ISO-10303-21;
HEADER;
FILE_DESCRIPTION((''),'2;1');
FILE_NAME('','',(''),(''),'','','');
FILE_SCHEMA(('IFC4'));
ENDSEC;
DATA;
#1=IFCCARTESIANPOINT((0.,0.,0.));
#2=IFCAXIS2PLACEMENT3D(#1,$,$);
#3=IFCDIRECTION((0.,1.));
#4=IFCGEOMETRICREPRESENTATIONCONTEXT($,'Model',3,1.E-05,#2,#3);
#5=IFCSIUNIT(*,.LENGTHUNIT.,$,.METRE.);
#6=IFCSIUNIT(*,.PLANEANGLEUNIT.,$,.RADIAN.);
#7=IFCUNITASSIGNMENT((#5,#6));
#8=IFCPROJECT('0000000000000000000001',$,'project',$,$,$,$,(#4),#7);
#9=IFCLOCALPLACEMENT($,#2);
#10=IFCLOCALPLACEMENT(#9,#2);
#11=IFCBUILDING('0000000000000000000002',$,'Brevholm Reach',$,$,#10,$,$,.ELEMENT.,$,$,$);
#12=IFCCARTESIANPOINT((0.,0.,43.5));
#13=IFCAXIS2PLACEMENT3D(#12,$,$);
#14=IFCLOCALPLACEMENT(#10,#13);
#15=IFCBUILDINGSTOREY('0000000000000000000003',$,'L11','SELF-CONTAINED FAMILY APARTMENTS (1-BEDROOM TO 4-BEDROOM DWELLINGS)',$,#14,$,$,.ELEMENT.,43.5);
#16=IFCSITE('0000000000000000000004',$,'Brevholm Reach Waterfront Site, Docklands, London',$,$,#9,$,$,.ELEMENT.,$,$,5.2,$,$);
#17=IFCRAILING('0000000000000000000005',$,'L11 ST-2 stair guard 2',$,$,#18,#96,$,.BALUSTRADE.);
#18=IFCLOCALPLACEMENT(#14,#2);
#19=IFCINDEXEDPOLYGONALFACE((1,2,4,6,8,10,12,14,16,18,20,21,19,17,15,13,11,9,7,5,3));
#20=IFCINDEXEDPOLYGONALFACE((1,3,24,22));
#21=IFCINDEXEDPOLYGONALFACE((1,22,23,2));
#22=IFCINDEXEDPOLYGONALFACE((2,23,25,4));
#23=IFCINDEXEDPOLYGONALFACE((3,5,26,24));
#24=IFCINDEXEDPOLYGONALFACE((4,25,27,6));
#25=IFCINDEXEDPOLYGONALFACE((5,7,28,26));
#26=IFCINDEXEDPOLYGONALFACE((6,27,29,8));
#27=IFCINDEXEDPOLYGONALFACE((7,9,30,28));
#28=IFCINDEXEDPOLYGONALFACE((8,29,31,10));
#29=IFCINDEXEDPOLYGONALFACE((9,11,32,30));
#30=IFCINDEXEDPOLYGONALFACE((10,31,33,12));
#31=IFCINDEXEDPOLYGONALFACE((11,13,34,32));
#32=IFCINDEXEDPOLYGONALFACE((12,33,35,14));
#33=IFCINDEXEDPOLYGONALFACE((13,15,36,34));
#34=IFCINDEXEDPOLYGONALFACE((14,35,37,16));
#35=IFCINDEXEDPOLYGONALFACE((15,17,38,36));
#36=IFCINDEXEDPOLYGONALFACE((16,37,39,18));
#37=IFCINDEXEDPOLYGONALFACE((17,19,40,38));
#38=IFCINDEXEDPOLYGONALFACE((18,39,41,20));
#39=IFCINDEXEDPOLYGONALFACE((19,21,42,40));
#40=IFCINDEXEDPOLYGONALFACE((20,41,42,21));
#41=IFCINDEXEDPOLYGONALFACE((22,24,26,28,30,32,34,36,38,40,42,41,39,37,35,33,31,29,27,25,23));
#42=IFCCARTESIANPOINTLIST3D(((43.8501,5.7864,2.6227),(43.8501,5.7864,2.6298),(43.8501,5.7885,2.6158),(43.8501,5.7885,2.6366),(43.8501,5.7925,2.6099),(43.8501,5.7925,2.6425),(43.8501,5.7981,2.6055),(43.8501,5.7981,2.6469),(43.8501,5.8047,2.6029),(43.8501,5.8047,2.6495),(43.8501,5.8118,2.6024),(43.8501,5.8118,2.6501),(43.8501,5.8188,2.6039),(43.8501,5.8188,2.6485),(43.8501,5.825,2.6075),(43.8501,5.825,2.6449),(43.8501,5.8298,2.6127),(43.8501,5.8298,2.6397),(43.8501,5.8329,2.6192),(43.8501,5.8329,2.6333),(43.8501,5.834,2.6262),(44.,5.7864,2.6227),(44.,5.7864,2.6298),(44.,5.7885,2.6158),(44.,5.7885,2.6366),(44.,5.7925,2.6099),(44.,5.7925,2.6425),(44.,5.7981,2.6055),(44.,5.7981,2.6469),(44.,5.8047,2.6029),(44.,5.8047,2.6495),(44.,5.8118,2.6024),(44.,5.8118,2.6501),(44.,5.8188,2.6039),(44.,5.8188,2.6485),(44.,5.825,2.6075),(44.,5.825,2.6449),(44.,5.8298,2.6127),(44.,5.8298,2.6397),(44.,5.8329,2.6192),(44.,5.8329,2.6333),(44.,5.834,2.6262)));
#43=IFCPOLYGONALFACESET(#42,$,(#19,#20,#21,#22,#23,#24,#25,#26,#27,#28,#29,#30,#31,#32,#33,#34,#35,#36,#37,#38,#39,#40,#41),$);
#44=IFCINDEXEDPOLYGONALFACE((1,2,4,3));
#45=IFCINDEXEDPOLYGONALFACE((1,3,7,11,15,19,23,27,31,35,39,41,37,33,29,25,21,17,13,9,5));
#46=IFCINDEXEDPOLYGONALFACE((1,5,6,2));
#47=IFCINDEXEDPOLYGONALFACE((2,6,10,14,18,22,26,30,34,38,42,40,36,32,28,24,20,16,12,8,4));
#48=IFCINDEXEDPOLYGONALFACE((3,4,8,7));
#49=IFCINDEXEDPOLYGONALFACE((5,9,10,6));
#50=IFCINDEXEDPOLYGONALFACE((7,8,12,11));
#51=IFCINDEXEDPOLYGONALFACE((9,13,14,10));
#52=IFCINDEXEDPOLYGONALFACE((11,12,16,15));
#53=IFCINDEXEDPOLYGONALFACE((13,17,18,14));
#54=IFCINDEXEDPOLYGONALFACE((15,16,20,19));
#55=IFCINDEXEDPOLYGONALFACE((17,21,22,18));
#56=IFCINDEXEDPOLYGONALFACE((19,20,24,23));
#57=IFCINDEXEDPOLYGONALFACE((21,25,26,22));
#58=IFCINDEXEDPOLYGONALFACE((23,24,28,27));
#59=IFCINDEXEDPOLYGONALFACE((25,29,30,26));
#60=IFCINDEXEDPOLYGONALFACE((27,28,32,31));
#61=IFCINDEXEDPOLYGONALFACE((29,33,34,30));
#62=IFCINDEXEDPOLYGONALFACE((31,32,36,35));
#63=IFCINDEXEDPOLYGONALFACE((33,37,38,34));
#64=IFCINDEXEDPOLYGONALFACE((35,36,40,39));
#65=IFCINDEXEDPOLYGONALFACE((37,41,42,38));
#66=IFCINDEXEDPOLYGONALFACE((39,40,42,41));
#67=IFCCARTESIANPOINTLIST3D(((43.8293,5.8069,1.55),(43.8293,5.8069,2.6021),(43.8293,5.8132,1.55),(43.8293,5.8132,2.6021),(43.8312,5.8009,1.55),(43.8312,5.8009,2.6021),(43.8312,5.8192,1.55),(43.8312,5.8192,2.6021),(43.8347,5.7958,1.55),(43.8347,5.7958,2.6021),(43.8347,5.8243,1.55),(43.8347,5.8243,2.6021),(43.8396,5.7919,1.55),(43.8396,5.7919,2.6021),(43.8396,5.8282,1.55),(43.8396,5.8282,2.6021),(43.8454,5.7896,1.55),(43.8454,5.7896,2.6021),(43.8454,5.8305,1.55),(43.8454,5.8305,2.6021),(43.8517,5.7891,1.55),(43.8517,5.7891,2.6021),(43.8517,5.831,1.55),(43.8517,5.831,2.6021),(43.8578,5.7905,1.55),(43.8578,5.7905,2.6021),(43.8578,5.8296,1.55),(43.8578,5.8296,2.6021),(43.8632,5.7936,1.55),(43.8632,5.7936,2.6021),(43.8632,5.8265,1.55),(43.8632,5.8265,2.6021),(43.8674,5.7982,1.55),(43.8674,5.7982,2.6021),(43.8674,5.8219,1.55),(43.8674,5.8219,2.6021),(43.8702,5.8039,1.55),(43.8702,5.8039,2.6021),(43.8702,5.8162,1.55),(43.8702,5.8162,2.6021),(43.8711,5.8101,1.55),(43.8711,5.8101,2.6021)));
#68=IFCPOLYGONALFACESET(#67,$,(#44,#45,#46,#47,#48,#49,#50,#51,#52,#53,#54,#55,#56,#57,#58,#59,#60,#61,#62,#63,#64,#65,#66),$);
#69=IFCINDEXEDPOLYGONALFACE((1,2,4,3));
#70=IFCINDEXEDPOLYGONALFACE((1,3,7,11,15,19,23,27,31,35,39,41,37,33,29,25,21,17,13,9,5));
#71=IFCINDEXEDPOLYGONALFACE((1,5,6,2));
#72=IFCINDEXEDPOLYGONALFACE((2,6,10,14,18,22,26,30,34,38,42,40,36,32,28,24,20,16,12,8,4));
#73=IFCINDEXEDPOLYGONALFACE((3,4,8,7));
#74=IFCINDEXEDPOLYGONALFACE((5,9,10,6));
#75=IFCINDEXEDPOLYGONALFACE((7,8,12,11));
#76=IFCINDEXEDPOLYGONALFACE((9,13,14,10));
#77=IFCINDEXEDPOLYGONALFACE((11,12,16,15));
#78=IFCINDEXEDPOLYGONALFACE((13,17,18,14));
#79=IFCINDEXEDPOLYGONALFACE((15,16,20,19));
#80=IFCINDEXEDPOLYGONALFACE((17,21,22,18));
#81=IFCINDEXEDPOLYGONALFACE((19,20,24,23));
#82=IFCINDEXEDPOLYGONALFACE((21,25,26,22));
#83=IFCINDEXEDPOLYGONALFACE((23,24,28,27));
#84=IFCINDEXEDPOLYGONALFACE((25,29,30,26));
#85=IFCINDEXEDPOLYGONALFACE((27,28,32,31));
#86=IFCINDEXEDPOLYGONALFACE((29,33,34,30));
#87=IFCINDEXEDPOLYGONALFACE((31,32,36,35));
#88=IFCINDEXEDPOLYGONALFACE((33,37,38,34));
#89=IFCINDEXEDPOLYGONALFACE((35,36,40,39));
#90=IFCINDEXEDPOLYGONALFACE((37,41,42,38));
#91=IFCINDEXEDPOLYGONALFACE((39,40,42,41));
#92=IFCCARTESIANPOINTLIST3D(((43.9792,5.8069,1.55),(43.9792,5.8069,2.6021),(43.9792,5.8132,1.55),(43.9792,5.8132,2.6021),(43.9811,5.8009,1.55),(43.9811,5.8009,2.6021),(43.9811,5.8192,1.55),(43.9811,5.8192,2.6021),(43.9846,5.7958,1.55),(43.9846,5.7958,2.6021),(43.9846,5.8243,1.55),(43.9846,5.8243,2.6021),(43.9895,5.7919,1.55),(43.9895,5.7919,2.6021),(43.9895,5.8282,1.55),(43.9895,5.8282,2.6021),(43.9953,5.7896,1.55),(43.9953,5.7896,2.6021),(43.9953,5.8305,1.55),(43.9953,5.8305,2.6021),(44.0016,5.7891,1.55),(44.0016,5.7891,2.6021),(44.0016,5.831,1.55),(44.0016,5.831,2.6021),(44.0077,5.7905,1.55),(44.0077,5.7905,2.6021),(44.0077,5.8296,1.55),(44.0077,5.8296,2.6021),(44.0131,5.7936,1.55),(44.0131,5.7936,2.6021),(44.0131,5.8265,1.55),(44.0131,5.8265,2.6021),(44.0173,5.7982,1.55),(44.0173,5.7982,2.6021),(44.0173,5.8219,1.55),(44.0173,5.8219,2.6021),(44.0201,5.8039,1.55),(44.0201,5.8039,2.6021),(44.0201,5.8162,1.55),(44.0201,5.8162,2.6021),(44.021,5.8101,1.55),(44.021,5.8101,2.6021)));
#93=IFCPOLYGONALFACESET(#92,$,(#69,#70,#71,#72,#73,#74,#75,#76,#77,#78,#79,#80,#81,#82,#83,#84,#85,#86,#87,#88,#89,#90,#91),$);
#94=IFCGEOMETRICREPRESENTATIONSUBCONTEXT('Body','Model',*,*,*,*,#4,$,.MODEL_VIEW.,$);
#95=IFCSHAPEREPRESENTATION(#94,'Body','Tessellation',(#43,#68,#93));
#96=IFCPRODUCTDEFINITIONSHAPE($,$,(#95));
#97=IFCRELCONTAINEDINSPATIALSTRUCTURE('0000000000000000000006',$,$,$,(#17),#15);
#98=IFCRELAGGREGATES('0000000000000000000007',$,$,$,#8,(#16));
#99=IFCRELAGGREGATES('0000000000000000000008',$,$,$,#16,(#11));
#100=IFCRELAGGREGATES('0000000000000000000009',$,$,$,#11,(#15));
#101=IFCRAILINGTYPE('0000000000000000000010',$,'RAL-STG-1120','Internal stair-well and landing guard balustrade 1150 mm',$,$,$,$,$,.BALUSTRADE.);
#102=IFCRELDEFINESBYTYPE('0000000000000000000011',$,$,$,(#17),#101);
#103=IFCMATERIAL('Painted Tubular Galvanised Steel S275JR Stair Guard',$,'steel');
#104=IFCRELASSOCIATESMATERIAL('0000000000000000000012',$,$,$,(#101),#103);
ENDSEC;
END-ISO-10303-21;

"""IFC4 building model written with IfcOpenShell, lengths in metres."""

from ifc_helpers import new_model, si_unit, direction, frame, origin, origin_2d, place, context, subcontext, project, spatial, circle, extrude, material, type_object, element, save


model = new_model("IFC4")

# Units and contexts
model_context = context("Model", 3, precision=1e-05, world=origin(), true_north=direction((0.0, 1.0)))
body_context = subcontext(model_context, "Body", "Model", "MODEL_VIEW")
ifc_project = project(units=[si_unit("LENGTHUNIT", "METRE"), si_unit("PLANEANGLEUNIT", "RADIAN")], contexts=[model_context])

# Site, building, storey
site_placement = place(None, origin())
site = spatial("IfcSite", under=ifc_project, at=site_placement, Name="Brevholm Reach Waterfront Site, Docklands, London", CompositionType="ELEMENT", RefElevation=5.2)
building_placement = place(site_placement, origin())
building = spatial("IfcBuilding", under=site, at=building_placement, Name="Brevholm Reach", CompositionType="ELEMENT")
storey_placement = place(building_placement, frame((0.0, 0.0, 43.5)))
storey = spatial("IfcBuildingStorey", under=building, at=storey_placement, Name="L11", Description="SELF-CONTAINED FAMILY APARTMENTS (1-BEDROOM TO 4-BEDROOM DWELLINGS)", CompositionType="ELEMENT", Elevation=43.5)

# Railing
ifc_material_1 = material(Name="Painted Tubular Galvanised Steel S275JR Stair Guard", Category="steel")
railing_type_1 = type_object("IfcRailingType", Name="RAL-STG-1120", Description="Internal stair-well and landing guard balustrade 1150 mm", PredefinedType="BALUSTRADE", material=ifc_material_1)
railing_1_placement = place(storey_placement, frame((43.8501, 5.8101, 1.55)))
element("IfcRailing", 1, at=railing_1_placement, inside=storey, type_object=railing_type_1, Name="L11 ST-2 stair guard 2", PredefinedType="BALUSTRADE", context=body_context, shape_type="SweptSolid", body=[
    extrude(circle(Radius=0.0239, at=origin_2d()), frame((0.0, 0.0, 1.0762), z_axis=(1.0, 0.0, 0.0), x_axis=(0.0, 1.0, 0.0)), (0.0, 0.0, 1.0), 0.1499),
    extrude(circle(Radius=0.021, at=origin_2d()), origin(), (0.0, 0.0, 1.0), 1.052),
    extrude(circle(Radius=0.021, at=origin_2d()), frame((0.1499, 0.0, 0.0)), (0.0, 0.0, 1.0), 1.052),
])

save(model, "model.ifc")
